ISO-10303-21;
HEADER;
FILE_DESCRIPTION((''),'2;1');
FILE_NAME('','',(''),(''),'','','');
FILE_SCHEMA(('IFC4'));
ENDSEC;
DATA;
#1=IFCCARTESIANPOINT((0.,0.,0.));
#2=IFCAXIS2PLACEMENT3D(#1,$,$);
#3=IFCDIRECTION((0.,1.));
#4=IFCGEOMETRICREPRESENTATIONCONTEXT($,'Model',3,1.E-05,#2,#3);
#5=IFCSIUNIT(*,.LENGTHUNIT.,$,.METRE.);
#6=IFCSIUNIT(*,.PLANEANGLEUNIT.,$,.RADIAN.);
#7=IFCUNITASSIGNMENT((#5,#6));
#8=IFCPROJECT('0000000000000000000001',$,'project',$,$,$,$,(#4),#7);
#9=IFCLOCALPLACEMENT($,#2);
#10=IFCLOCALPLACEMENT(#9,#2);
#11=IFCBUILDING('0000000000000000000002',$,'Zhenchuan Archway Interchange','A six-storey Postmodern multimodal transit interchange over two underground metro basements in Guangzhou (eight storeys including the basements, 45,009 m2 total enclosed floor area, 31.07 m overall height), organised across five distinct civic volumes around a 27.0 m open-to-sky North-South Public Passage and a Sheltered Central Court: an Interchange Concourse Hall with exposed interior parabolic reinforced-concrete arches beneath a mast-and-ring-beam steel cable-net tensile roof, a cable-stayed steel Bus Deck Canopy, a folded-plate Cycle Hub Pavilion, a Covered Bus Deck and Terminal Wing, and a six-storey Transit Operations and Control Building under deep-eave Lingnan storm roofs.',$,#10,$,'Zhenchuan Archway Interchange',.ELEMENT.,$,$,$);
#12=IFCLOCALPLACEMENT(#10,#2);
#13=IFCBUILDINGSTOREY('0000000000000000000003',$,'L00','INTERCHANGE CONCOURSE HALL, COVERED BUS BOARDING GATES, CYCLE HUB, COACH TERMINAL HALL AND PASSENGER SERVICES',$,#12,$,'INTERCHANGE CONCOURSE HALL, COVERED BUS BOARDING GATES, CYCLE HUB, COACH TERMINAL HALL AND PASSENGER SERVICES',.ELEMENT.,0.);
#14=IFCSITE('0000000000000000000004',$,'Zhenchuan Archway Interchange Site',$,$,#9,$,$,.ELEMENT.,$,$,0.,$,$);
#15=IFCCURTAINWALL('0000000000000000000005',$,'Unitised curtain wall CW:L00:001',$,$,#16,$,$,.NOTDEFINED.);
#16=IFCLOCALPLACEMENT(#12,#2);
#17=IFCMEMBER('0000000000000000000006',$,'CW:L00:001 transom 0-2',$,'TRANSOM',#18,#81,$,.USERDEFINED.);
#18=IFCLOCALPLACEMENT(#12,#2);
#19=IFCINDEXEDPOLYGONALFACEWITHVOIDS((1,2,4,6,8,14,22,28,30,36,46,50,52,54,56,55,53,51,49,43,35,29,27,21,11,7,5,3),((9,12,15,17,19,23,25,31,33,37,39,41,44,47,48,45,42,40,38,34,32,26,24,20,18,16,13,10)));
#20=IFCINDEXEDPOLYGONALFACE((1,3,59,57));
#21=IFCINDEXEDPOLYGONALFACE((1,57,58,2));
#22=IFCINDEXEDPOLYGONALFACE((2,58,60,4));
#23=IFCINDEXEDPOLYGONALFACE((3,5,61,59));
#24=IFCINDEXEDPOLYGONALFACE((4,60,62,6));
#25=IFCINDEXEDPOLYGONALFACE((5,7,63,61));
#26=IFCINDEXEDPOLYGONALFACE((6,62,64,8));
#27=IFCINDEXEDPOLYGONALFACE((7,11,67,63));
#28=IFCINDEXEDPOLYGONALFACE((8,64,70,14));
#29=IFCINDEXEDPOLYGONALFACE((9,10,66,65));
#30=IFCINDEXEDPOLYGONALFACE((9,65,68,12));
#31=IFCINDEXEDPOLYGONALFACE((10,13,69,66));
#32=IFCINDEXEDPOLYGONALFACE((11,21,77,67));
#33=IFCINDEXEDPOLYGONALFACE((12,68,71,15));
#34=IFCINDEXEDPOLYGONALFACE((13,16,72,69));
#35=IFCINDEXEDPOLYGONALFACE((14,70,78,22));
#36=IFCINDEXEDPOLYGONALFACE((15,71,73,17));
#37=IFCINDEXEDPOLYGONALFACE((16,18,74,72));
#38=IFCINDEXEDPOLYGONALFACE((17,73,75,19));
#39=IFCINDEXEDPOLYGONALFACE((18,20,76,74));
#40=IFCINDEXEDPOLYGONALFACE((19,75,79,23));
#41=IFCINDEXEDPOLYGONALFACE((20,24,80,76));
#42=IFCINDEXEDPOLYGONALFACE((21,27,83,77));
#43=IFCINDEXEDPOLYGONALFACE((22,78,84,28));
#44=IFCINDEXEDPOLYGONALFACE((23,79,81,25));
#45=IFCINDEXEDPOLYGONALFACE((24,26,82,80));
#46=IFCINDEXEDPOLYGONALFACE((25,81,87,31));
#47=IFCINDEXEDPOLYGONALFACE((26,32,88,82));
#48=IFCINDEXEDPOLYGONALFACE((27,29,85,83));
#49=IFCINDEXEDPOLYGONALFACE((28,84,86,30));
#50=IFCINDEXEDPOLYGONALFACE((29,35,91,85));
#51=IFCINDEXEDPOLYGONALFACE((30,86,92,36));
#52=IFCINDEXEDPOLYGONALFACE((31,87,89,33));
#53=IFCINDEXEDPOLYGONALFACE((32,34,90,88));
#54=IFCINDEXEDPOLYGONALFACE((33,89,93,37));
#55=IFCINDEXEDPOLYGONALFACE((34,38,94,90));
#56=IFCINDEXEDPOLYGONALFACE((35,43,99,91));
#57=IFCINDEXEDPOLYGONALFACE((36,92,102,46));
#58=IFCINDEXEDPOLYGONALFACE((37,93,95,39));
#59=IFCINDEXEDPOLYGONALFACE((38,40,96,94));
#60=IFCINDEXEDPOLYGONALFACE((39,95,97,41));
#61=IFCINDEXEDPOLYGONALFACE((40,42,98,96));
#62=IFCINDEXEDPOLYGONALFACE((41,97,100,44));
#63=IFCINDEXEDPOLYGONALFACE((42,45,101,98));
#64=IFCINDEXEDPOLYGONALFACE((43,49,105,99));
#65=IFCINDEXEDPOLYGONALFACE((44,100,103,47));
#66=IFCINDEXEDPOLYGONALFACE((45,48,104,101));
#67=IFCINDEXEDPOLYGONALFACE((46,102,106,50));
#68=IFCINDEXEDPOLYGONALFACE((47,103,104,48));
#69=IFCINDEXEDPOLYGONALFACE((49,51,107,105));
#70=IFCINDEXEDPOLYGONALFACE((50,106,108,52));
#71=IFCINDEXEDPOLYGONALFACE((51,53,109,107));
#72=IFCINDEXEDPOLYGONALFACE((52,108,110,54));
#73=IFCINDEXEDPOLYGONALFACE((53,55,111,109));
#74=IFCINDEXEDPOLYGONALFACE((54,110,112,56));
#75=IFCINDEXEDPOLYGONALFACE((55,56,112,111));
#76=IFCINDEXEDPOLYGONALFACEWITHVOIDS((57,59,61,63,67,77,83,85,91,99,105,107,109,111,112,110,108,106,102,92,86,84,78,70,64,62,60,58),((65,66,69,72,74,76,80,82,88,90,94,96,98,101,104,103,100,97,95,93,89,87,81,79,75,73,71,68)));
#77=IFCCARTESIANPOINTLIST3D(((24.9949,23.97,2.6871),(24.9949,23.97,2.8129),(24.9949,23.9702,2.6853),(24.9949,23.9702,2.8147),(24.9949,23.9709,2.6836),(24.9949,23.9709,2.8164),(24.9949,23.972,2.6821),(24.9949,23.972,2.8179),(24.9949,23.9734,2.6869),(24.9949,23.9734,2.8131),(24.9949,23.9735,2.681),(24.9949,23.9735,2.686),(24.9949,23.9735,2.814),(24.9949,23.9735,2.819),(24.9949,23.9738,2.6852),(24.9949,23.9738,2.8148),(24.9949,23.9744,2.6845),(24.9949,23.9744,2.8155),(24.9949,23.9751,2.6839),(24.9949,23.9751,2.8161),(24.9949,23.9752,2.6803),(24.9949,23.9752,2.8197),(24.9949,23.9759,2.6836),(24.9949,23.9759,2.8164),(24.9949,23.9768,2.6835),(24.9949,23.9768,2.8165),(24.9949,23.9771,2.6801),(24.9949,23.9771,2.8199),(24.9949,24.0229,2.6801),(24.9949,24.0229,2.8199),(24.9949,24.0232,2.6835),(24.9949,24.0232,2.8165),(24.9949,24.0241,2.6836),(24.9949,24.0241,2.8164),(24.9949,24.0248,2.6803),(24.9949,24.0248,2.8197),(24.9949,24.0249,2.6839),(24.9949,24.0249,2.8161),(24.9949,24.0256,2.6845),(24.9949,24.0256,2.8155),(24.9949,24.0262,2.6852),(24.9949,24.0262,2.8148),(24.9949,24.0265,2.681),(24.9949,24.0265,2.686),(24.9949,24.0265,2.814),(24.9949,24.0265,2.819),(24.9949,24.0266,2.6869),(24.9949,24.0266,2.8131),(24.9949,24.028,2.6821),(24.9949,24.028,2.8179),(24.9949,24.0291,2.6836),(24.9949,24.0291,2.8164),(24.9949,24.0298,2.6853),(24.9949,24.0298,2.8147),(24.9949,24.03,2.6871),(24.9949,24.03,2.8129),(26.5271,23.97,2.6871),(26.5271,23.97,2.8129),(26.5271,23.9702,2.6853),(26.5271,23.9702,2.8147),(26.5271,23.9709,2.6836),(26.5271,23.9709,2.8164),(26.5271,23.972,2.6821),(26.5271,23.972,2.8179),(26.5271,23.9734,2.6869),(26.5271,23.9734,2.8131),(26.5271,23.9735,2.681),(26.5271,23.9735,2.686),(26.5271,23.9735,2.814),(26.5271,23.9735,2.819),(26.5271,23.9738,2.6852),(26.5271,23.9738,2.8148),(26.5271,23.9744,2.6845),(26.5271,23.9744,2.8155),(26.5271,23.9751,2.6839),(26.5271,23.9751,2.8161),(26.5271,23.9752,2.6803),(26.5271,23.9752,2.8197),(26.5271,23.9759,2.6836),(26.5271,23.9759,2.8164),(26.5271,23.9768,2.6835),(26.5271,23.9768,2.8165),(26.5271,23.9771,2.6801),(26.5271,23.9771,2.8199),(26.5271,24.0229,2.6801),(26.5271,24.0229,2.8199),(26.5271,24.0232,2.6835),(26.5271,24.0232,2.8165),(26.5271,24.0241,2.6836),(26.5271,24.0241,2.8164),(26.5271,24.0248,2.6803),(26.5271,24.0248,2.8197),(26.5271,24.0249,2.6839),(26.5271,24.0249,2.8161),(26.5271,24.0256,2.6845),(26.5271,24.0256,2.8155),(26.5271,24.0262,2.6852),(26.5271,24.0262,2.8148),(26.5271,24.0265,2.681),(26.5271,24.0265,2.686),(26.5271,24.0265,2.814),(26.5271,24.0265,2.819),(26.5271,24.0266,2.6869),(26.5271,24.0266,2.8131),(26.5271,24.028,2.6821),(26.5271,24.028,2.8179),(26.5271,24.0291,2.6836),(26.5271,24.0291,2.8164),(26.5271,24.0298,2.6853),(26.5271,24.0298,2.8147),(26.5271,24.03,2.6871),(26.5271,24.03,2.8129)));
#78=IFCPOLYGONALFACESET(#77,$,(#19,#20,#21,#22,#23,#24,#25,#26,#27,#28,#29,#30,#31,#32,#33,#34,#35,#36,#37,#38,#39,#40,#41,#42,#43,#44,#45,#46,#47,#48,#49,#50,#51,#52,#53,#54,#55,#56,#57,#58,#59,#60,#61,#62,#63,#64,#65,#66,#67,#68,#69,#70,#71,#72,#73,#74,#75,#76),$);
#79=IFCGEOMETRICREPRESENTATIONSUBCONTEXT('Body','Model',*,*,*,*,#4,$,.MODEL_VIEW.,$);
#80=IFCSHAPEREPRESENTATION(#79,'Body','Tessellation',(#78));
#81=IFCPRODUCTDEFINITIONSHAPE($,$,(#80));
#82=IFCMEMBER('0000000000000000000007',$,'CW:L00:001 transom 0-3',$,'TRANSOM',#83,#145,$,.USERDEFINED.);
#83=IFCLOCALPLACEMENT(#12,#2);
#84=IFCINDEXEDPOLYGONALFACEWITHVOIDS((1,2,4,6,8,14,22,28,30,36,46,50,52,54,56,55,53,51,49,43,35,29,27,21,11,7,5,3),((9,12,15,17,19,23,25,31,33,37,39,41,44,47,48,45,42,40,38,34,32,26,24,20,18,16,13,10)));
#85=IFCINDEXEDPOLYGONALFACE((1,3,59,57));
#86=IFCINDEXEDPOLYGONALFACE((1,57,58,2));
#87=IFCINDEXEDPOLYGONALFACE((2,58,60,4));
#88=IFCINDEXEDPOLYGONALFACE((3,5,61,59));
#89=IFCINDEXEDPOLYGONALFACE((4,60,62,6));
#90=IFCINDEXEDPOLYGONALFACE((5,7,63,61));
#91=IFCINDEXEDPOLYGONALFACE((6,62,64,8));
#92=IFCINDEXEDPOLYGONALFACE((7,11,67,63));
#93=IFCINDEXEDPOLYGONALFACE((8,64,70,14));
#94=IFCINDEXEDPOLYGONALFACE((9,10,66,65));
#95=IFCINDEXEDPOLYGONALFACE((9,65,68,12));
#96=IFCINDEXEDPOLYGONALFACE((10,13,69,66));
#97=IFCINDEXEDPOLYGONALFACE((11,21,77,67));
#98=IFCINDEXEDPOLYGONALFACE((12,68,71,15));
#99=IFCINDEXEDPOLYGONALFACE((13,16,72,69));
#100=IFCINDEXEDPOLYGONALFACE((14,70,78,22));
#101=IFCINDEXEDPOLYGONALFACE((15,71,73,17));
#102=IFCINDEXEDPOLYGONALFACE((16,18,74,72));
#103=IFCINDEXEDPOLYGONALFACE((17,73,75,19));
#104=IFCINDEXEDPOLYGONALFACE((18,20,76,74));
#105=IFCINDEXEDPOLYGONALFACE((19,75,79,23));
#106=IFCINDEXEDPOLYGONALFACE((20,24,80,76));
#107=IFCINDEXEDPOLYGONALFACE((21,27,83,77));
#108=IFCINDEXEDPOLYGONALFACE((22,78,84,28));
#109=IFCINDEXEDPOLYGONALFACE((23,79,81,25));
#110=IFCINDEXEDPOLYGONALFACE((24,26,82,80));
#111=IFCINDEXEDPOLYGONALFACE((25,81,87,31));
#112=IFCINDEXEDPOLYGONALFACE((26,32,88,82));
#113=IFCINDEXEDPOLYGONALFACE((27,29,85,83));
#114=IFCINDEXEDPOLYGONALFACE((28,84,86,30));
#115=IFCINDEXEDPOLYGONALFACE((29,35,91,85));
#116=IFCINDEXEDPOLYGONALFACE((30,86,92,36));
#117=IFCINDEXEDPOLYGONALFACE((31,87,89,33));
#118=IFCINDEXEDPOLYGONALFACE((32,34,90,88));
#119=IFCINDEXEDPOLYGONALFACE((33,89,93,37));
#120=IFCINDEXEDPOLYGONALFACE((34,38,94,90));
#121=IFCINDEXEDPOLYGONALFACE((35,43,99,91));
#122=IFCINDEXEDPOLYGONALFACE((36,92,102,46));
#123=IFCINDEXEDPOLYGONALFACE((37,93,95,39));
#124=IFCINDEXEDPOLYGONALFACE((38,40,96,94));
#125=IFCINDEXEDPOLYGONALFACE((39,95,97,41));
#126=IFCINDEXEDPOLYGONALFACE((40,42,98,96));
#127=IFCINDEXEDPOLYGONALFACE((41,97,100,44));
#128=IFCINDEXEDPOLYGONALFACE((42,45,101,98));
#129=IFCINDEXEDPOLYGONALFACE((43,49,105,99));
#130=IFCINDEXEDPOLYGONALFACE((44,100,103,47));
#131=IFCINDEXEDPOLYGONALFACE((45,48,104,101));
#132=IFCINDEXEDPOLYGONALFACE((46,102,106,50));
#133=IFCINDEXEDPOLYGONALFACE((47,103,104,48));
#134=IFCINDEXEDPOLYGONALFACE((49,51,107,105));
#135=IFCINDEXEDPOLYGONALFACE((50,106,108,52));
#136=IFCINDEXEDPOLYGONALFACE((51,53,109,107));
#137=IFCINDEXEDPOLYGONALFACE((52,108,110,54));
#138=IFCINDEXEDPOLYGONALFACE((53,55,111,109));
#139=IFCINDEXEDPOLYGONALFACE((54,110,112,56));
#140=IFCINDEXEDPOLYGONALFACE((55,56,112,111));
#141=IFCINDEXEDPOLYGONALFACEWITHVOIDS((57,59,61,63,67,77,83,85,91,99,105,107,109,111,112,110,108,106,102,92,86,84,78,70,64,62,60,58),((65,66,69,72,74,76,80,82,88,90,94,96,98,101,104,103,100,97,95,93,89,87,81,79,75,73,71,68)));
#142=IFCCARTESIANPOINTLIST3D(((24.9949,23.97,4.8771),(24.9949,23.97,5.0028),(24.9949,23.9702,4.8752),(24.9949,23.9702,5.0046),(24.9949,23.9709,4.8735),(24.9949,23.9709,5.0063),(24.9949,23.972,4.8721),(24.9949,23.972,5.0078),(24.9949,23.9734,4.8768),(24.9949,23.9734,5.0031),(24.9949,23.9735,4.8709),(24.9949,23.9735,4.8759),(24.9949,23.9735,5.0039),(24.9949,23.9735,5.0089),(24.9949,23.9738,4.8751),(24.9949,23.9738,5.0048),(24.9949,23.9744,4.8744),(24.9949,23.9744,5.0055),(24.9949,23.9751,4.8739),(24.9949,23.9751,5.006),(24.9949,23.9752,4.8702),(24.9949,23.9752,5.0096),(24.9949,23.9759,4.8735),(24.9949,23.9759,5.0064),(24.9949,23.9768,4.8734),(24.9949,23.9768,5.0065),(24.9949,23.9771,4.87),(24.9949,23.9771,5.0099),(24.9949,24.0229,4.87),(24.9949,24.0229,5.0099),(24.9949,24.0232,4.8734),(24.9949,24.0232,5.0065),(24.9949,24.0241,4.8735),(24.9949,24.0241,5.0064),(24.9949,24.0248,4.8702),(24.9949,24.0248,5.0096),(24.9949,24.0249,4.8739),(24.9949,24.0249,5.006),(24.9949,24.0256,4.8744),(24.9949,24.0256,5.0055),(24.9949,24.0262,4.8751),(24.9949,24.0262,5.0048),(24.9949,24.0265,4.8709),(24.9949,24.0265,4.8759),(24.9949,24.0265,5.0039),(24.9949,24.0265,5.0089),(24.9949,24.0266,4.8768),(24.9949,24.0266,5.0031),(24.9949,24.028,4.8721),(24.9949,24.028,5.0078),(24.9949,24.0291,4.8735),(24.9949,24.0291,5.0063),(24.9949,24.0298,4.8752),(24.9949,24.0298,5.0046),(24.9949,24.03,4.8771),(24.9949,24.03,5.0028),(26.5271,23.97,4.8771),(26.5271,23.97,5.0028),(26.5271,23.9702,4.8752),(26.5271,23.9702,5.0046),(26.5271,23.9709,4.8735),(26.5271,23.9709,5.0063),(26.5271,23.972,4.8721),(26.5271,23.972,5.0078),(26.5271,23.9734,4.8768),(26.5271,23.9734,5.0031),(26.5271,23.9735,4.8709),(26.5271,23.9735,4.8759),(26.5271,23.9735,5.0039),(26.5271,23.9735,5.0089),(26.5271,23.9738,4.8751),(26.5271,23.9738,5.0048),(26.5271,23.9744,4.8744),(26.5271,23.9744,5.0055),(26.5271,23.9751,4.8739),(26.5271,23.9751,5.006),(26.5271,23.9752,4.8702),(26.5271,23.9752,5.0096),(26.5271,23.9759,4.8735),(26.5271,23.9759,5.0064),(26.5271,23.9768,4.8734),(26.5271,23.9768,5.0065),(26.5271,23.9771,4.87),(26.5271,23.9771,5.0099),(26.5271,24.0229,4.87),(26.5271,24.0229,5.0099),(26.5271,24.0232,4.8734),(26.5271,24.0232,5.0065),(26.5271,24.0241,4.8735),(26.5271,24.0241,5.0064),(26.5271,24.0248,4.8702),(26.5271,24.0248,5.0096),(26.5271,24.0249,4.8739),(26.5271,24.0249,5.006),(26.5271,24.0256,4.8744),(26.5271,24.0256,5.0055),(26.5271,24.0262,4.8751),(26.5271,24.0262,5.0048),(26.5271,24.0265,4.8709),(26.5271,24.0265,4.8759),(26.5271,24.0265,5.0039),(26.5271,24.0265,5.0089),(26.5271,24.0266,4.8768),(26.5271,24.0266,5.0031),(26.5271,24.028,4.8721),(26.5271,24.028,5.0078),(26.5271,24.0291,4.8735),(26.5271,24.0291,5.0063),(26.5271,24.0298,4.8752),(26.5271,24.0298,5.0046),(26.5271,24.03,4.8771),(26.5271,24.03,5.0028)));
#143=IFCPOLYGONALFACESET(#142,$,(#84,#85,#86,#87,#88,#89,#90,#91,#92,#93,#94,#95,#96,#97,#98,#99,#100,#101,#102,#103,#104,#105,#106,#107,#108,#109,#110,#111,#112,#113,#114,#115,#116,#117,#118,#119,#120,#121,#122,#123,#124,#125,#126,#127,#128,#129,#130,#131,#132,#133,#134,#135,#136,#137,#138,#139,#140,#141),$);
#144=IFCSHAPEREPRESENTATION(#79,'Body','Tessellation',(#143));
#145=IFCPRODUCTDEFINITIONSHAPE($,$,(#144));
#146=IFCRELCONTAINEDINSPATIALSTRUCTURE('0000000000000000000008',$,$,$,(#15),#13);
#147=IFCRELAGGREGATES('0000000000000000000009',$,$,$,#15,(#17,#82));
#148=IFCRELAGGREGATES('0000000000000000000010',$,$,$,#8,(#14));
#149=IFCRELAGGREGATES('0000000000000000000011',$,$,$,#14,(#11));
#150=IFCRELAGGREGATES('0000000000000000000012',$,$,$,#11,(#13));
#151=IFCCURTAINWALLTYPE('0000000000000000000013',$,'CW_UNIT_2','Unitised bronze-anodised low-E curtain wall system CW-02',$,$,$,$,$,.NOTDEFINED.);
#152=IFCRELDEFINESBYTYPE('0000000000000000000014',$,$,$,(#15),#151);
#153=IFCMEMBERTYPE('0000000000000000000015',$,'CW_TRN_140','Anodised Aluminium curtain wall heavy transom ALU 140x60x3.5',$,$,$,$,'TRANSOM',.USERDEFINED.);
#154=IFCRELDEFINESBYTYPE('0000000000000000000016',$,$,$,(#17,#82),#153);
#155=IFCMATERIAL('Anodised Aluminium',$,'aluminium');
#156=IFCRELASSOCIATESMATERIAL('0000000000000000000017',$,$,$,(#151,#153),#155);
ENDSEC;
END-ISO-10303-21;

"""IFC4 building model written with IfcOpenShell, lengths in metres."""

from ifc_helpers import new_model, si_unit, direction, frame, origin, origin_2d, place, context, subcontext, project, spatial, hollow_rectangle, extrude, material, material_profile, profile_set, type_object, element, aggregate, save


model = new_model("IFC4")

# Units and contexts
model_context = context("Model", 3, precision=1e-05, world=origin(), true_north=direction((0.0, 1.0)))
body_context = subcontext(model_context, "Body", "Model", "MODEL_VIEW")
ifc_project = project(units=[si_unit("LENGTHUNIT", "METRE"), si_unit("PLANEANGLEUNIT", "RADIAN")], contexts=[model_context])

# Site, building, storey
site_placement = place(None, origin())
site = spatial("IfcSite", under=ifc_project, at=site_placement, Name="Zhenchuan Archway Interchange Site", CompositionType="ELEMENT", RefElevation=0.0)
building_placement = place(site_placement, origin())
building = spatial("IfcBuilding", under=site, at=building_placement, Name="Zhenchuan Archway Interchange", Description="A six-storey Postmodern multimodal transit interchange over two underground metro basements in Guangzhou (eight storeys including the basements, 45,009 m2 total enclosed floor area, 31.07 m overall height), organised across five distinct civic volumes around a 27.0 m open-to-sky North-South Public Passage and a Sheltered Central Court: an Interchange Concourse Hall with exposed interior parabolic reinforced-concrete arches beneath a mast-and-ring-beam steel cable-net tensile roof, a cable-stayed steel Bus Deck Canopy, a folded-plate Cycle Hub Pavilion, a Covered Bus Deck and Terminal Wing, and a six-storey Transit Operations and Control Building under deep-eave Lingnan storm roofs.", LongName="Zhenchuan Archway Interchange", CompositionType="ELEMENT")
storey_placement = place(building_placement, origin())
storey = spatial("IfcBuildingStorey", under=building, at=storey_placement, Name="L00", Description="INTERCHANGE CONCOURSE HALL, COVERED BUS BOARDING GATES, CYCLE HUB, COACH TERMINAL HALL AND PASSENGER SERVICES", LongName="INTERCHANGE CONCOURSE HALL, COVERED BUS BOARDING GATES, CYCLE HUB, COACH TERMINAL HALL AND PASSENGER SERVICES", CompositionType="ELEMENT", Elevation=0.0)

# Curtain wall, members
ifc_material_1 = material(Name="Anodised Aluminium", Category="aluminium")
curtain_wall_type = type_object("IfcCurtainWallType", Name="CW_UNIT_2", Description="Unitised bronze-anodised low-E curtain wall system CW-02", PredefinedType="NOTDEFINED", material=ifc_material_1)
curtain_wall_placement = place(storey_placement, origin())
curtain_wall = element("IfcCurtainWall", 1, at=curtain_wall_placement, inside=storey, type_object=curtain_wall_type, Name="Unitised curtain wall CW:L00:001", PredefinedType="NOTDEFINED")
ifc_material_profile_1 = material_profile(ifc_material_1, hollow_rectangle(XDim=0.0601, YDim=0.1399, WallThickness=0.0034, InnerFilletRadius=0.0034, OuterFilletRadius=0.0071, at=origin_2d()), Name="ALU 140x60x3.5")
ifc_profile_set_1 = profile_set([ifc_material_profile_1], Name="Anodised Aluminium")
member_type_1 = type_object("IfcMemberType", Name="CW_TRN_140", Description="Anodised Aluminium curtain wall heavy transom ALU 140x60x3.5", ElementType="TRANSOM", PredefinedType="USERDEFINED", material=ifc_profile_set_1)
member_1_placement = place(storey_placement, frame((26.5271, 24.0, 2.75), z_axis=(-1.0, 0.0, 0.0), x_axis=(0.0, -1.0, 0.0)))
member_1 = element("IfcMember", 2, at=member_1_placement, type_object=member_type_1, Name="CW:L00:001 transom 0-2", ObjectType="TRANSOM", PredefinedType="USERDEFINED", context=body_context, shape_type="SweptSolid", body=[
    extrude(hollow_rectangle(XDim=0.0601, YDim=0.1399, WallThickness=0.0034, InnerFilletRadius=0.0034, OuterFilletRadius=0.0071, at=origin_2d()), origin(), (0.0, 0.0, 1.0), 1.5322),
])
member_2_placement = place(storey_placement, frame((26.5271, 24.0, 4.9399), z_axis=(-1.0, 0.0, 0.0), x_axis=(0.0, -1.0, 0.0)))
member_2 = element("IfcMember", 3, at=member_2_placement, type_object=member_type_1, Name="CW:L00:001 transom 0-3", ObjectType="TRANSOM", PredefinedType="USERDEFINED", context=body_context, shape_type="SweptSolid", body=[
    extrude(hollow_rectangle(XDim=0.0601, YDim=0.1399, WallThickness=0.0034, InnerFilletRadius=0.0034, OuterFilletRadius=0.0071, at=origin_2d()), origin(), (0.0, 0.0, 1.0), 1.5322),
])
aggregate(curtain_wall, [member_1, member_2])

save(model, "model.ifc")
